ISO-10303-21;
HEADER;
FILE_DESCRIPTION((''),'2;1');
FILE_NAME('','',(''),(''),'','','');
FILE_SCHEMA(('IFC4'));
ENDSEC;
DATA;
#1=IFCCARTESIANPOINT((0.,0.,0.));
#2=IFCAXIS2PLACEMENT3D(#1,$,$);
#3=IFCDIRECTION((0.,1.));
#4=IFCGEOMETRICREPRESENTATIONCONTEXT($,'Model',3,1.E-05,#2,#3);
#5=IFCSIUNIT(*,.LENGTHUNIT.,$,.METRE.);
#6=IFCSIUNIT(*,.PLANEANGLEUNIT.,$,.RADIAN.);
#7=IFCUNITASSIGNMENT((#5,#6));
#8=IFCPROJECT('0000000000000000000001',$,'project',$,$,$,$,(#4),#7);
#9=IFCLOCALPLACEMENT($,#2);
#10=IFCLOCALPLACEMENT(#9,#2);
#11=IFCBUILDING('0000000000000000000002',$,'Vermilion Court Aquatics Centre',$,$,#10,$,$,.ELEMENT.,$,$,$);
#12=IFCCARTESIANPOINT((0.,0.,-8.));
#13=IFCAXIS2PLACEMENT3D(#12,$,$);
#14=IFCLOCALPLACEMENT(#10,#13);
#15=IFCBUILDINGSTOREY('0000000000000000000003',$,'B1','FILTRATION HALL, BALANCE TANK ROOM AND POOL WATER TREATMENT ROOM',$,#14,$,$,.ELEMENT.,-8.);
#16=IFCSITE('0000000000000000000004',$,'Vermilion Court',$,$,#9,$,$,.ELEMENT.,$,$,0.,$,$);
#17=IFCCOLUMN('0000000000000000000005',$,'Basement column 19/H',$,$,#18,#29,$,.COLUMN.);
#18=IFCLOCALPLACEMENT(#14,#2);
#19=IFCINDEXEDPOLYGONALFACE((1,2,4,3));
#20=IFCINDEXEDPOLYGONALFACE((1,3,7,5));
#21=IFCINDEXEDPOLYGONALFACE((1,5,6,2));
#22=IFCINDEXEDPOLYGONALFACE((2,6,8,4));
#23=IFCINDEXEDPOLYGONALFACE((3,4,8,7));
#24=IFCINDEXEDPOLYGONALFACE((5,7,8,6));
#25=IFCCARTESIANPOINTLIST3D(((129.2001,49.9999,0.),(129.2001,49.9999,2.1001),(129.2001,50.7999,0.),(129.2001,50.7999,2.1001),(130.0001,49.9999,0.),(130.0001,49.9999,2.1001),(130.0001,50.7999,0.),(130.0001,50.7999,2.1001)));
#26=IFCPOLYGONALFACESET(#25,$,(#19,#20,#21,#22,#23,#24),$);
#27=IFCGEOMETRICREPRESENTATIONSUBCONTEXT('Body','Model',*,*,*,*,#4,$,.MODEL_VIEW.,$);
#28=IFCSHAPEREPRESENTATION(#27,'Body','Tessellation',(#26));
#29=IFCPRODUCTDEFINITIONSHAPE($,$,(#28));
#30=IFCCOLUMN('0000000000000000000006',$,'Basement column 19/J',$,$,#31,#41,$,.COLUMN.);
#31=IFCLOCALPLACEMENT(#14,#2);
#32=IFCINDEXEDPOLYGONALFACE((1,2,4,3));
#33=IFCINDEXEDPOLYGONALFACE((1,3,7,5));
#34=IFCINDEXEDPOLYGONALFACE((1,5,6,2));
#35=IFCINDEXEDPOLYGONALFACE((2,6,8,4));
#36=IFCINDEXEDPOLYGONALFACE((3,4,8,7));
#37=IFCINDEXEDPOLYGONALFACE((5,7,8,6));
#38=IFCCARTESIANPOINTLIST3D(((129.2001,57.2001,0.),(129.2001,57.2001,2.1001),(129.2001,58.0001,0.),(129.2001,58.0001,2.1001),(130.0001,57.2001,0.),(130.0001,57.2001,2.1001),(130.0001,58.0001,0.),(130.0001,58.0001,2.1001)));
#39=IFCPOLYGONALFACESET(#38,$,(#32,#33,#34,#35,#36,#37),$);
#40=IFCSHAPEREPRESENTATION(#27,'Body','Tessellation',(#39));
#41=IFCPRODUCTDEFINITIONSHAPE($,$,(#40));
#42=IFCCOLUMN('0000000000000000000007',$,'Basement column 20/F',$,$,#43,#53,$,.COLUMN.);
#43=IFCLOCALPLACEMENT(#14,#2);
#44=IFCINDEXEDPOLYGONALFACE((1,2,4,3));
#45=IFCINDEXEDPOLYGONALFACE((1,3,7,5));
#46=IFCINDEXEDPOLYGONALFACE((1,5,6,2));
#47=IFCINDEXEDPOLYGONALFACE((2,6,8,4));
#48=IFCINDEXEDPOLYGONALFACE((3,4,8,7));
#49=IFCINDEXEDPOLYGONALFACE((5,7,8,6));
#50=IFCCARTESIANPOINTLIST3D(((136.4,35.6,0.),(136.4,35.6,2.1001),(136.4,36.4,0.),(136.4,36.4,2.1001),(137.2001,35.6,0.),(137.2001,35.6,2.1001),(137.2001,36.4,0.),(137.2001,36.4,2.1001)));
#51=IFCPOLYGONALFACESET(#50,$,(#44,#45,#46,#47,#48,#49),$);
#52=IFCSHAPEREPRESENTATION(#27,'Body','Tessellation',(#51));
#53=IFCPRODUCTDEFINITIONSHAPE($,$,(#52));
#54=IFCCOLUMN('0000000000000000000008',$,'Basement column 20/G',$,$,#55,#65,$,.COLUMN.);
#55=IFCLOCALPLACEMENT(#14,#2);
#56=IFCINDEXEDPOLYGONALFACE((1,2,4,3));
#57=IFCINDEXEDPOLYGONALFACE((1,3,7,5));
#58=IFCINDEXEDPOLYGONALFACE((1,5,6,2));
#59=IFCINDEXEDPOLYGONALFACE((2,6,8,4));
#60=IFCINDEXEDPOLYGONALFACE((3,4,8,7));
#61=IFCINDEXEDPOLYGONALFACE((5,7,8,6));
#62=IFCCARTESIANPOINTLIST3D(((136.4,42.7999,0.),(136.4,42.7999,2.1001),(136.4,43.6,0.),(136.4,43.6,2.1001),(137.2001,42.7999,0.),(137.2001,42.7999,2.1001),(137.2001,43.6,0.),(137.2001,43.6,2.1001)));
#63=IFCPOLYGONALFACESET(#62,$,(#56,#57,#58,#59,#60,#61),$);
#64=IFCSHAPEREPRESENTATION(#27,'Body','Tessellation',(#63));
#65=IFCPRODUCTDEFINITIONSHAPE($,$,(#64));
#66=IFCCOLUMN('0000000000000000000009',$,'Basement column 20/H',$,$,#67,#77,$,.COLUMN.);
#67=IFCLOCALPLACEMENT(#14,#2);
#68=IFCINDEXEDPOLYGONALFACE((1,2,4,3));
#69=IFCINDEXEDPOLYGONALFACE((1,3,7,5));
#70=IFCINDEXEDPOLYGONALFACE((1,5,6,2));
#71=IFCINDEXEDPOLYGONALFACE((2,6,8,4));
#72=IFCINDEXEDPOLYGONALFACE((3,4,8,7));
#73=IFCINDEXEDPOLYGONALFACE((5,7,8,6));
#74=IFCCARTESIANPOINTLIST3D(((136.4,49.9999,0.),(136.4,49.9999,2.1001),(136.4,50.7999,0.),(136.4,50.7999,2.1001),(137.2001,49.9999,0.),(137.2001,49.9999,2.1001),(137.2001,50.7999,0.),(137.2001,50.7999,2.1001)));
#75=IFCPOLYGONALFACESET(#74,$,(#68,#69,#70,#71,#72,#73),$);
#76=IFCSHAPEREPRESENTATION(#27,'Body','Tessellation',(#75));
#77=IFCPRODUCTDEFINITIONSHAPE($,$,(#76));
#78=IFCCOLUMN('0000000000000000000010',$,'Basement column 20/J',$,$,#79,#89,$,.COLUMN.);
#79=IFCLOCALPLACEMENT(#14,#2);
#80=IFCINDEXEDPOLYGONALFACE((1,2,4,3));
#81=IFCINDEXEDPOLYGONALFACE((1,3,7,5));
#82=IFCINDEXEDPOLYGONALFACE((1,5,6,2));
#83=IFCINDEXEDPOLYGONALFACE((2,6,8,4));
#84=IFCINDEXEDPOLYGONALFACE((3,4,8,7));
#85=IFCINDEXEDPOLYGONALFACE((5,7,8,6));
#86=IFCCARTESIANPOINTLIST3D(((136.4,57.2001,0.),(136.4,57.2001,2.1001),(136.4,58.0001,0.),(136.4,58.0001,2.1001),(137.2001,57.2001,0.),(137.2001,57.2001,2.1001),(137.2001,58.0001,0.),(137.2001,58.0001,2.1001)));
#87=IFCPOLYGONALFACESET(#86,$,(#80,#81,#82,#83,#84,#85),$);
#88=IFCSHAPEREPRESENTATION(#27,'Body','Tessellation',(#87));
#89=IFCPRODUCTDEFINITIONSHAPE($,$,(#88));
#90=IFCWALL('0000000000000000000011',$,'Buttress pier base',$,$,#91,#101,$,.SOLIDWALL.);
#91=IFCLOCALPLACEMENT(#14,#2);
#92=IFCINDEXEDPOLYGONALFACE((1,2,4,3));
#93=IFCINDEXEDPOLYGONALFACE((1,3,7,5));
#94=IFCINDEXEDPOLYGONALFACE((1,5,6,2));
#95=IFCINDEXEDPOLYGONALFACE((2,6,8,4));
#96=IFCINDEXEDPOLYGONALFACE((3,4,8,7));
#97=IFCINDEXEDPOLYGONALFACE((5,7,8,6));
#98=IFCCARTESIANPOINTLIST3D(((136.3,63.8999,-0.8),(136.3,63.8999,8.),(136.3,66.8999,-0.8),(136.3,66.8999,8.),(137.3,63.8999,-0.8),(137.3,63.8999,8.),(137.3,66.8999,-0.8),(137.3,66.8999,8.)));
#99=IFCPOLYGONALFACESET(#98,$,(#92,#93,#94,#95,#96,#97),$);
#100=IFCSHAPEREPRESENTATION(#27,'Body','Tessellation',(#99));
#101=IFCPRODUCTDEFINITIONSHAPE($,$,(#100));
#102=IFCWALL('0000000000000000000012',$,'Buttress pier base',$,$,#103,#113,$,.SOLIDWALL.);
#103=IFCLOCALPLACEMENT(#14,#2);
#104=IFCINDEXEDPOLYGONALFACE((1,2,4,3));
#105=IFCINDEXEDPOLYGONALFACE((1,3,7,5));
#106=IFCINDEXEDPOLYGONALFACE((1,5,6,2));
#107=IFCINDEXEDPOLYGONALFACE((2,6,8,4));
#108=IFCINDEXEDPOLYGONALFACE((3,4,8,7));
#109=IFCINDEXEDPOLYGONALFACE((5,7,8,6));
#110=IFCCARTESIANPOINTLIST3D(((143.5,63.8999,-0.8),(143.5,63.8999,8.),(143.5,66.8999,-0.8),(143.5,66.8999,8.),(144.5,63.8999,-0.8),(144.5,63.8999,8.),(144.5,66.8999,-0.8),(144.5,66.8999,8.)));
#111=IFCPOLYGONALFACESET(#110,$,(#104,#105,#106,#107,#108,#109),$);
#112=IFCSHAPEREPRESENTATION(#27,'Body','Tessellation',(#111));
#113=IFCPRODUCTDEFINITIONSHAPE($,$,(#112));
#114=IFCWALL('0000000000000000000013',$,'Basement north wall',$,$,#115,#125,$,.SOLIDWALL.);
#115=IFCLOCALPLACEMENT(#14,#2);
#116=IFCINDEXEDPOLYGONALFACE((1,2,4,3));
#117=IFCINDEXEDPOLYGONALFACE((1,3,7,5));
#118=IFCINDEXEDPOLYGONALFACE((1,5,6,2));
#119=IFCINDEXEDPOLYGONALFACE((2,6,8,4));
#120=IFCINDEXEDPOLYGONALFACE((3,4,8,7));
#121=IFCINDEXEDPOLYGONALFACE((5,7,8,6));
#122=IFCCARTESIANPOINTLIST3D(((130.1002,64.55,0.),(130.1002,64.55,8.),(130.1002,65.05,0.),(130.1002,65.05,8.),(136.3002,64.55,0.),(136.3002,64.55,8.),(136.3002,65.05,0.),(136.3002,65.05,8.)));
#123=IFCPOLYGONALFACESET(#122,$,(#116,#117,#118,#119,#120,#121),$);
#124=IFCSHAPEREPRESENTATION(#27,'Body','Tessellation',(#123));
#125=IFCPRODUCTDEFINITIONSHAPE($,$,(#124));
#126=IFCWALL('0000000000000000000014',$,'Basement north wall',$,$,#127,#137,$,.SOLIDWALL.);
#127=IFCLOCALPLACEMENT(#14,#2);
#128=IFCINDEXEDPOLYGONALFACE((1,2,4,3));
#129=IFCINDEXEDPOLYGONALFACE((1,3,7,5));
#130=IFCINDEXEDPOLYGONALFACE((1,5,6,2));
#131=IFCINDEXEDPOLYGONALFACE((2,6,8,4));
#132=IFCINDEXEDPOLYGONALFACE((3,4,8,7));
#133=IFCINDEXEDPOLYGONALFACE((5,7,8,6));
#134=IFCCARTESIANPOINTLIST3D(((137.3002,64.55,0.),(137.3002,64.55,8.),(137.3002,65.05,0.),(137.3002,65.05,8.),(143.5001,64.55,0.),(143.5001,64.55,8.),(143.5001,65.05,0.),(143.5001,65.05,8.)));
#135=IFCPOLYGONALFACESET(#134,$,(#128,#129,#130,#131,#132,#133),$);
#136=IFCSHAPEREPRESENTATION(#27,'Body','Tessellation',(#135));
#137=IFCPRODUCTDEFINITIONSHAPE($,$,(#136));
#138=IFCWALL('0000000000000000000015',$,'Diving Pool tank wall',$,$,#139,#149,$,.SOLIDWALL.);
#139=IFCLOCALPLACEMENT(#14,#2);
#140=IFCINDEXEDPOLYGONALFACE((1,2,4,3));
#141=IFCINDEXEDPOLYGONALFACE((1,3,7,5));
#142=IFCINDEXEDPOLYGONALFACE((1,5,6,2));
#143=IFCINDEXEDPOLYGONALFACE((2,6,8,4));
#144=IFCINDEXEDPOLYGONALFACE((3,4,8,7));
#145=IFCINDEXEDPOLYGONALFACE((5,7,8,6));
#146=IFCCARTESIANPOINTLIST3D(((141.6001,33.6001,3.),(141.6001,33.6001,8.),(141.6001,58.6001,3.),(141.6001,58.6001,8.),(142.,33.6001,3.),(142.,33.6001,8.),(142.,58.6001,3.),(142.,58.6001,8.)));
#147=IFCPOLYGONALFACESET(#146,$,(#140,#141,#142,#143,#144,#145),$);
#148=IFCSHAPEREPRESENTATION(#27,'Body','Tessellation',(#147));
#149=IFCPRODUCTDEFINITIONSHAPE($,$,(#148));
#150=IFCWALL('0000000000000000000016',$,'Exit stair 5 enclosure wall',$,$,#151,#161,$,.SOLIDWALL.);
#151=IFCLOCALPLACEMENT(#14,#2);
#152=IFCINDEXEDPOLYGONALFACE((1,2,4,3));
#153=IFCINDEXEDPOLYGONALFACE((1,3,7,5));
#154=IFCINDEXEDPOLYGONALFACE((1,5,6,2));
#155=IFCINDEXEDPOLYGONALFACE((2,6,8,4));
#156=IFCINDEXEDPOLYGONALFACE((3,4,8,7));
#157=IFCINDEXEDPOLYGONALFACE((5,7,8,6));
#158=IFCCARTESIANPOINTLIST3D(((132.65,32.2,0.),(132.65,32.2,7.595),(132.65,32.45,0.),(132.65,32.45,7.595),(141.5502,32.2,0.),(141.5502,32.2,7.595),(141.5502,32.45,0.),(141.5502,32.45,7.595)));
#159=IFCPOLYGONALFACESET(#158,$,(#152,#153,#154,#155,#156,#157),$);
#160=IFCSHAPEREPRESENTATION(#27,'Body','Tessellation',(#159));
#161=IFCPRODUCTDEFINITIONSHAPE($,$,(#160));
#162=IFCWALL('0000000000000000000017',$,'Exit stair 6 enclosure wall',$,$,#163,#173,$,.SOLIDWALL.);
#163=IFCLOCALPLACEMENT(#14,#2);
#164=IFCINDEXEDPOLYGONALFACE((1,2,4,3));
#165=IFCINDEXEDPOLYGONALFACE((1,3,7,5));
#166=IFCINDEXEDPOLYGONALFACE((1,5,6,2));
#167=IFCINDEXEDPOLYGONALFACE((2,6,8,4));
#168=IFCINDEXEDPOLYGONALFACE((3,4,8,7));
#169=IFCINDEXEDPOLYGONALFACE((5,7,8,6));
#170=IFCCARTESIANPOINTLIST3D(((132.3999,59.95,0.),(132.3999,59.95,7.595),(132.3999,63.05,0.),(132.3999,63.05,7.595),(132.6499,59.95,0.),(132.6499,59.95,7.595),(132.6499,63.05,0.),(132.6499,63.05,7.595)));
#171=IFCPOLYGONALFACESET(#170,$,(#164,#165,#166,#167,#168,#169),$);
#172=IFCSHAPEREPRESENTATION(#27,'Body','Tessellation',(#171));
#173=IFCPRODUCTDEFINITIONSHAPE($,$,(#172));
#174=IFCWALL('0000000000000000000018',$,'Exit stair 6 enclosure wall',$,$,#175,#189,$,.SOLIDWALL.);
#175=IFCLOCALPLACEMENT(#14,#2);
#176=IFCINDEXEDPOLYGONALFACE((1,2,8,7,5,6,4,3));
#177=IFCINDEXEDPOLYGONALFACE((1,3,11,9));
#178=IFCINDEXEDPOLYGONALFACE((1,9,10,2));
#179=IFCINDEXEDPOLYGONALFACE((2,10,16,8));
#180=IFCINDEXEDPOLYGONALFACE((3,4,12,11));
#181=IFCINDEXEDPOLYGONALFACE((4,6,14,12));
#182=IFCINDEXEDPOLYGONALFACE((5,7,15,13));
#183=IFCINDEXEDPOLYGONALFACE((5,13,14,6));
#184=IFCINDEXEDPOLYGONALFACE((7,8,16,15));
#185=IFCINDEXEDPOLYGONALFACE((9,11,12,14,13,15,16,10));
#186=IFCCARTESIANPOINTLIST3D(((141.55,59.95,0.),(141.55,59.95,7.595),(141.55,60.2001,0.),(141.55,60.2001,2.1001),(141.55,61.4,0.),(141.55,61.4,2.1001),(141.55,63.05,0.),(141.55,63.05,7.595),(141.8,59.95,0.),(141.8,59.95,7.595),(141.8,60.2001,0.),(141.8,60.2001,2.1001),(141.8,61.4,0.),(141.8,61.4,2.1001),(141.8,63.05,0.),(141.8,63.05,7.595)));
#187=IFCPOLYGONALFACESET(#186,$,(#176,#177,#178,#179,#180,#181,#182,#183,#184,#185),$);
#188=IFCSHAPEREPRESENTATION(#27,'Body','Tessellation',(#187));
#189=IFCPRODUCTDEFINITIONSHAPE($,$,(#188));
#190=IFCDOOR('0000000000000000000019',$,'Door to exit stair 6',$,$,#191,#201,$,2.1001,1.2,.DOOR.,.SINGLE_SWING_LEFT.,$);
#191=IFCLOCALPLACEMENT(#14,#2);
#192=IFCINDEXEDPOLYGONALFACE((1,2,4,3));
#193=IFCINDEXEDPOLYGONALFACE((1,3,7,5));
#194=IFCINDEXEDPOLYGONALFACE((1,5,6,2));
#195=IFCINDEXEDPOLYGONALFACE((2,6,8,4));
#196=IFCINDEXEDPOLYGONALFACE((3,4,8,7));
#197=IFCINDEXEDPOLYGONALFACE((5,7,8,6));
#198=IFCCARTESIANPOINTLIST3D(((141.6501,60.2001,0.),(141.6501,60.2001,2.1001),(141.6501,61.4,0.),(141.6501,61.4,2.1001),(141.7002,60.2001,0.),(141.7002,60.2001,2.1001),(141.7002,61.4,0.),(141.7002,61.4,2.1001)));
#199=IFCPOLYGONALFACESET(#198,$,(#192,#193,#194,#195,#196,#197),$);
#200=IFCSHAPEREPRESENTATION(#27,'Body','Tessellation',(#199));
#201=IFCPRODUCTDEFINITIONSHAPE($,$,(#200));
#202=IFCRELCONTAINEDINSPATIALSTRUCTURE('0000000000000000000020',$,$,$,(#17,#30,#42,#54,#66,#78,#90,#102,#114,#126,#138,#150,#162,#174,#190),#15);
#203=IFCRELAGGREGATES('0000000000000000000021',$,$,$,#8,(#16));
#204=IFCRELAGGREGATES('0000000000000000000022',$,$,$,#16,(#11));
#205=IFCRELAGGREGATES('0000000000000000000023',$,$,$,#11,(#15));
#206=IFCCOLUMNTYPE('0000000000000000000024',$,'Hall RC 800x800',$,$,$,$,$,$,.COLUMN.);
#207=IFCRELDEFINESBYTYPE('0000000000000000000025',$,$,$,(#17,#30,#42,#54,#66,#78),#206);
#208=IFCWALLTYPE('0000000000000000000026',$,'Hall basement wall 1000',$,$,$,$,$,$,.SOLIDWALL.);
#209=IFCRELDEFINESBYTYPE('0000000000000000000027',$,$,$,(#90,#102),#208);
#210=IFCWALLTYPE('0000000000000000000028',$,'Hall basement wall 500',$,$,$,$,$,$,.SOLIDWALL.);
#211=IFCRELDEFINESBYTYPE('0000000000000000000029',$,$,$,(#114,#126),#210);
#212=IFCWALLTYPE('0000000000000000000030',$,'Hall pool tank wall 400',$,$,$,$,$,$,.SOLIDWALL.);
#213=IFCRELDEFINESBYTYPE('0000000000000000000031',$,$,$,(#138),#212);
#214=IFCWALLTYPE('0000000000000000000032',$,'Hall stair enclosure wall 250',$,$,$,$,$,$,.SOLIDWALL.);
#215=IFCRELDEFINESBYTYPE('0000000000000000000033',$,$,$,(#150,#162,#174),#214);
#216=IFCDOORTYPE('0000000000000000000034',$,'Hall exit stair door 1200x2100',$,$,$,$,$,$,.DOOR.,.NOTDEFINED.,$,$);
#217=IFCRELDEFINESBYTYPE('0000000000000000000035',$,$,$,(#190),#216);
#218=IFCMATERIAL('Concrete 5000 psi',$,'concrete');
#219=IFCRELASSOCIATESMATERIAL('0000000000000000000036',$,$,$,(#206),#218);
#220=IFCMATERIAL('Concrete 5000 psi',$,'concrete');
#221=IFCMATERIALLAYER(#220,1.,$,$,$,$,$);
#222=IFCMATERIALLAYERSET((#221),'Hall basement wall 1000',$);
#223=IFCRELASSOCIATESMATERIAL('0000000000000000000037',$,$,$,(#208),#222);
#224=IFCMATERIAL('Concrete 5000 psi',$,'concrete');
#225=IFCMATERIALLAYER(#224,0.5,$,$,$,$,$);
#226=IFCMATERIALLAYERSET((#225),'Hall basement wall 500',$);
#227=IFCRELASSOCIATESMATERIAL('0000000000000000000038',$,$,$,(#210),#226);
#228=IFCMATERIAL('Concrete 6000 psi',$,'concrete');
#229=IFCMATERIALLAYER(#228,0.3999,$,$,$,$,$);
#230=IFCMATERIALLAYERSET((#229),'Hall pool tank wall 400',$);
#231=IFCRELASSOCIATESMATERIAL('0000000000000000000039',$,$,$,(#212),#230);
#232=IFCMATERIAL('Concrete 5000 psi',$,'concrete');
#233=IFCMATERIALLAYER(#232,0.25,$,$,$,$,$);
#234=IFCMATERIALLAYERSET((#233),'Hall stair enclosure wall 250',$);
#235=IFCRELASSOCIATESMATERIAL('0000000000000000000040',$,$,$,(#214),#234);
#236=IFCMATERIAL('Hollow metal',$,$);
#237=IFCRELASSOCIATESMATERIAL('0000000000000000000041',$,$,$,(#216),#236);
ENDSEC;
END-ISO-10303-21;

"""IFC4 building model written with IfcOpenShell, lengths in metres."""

from ifc_helpers import new_model, si_unit, direction, frame, frame_2d, origin, origin_2d, place, context, subcontext, project, spatial, rectangle, extrude, material, layer, layer_set, material_profile, profile_set, type_object, element, fill, save


model = new_model("IFC4")

# Units and contexts
model_context = context("Model", 3, precision=1e-05, world=origin(), true_north=direction((0.0, 1.0)))
body_context = subcontext(model_context, "Body", "Model", "MODEL_VIEW")
ifc_project = project(units=[si_unit("LENGTHUNIT", "METRE"), si_unit("PLANEANGLEUNIT", "RADIAN")], contexts=[model_context])

# Site, building, storey
site_placement = place(None, origin())
site = spatial("IfcSite", under=ifc_project, at=site_placement, Name="Vermilion Court", CompositionType="ELEMENT", RefElevation=0.0)
building_placement = place(site_placement, origin())
building = spatial("IfcBuilding", under=site, at=building_placement, Name="Vermilion Court Aquatics Centre", CompositionType="ELEMENT")
storey_placement = place(building_placement, frame((0.0, 0.0, -8.0)))
storey = spatial("IfcBuildingStorey", under=building, at=storey_placement, Name="B1", Description="FILTRATION HALL, BALANCE TANK ROOM AND POOL WATER TREATMENT ROOM", CompositionType="ELEMENT", Elevation=-8.0)

# Columns
ifc_material_1 = material(Name="Concrete 5000 psi", Category="concrete")
ifc_material_profile = material_profile(ifc_material_1, rectangle(XDim=0.8, YDim=0.8, at=origin_2d()), Name="RC 800x800")
ifc_profile_set = profile_set([ifc_material_profile], Name="Concrete 5000 psi")
column_type = type_object("IfcColumnType", Name="Hall RC 800x800", PredefinedType="COLUMN", material=ifc_profile_set)
for number, where, z_axis, x_axis, name in (
    (1, (129.6001, 50.3999, 0.0), (0.0, 0.0, 1.0), (1.0, 0.0, 0.0), "Basement column 19/H"),
    (2, (129.6001, 57.6001, 0.0), (0.0, 0.0, 1.0), (1.0, 0.0, 0.0), "Basement column 19/J"),
    (3, (136.8, 36.0, 0.0), (0.0, 0.0, 1.0), (1.0, 0.0, 0.0), "Basement column 20/F"),
    (4, (136.8, 43.2, 0.0), (0.0, 0.0, 1.0), (1.0, 0.0, 0.0), "Basement column 20/G"),
    (5, (136.8, 50.3999, 0.0), (0.0, 0.0, 1.0), (1.0, 0.0, 0.0), "Basement column 20/H"),
    (6, (136.8, 57.6001, 0.0), (0.0, 0.0, 1.0), (1.0, 0.0, 0.0), "Basement column 20/J"),
):
    element("IfcColumn", number, at=place(storey_placement, frame(where, z_axis=z_axis, x_axis=x_axis)), inside=storey, type_object=column_type, Name=name, PredefinedType="COLUMN", context=body_context, shape_type="SweptSolid", body=[
        extrude(rectangle(XDim=0.8, YDim=0.8, at=origin_2d()), origin(), (0.0, 0.0, 1.0), 2.1001),
    ])

# Walls
ifc_material_2 = material(Name="Concrete 5000 psi", Category="concrete")
ifc_layer_1 = layer(ifc_material_2, 1.0)
ifc_layer_set_1 = layer_set([ifc_layer_1], Name="Hall basement wall 1000")
wall_type_1 = type_object("IfcWallType", Name="Hall basement wall 1000", PredefinedType="SOLIDWALL", material=ifc_layer_set_1)
for number, where, z_axis, x_axis, name in (
    (7, (136.8, 63.8999, -0.8), (0.0, 0.0, 1.0), (0.0, 1.0, 0.0), "Buttress pier base"),
    (8, (144.0, 63.8999, -0.8), (0.0, 0.0, 1.0), (0.0, 1.0, 0.0), "Buttress pier base"),
):
    element("IfcWall", number, at=place(storey_placement, frame(where, z_axis=z_axis, x_axis=x_axis)), inside=storey, type_object=wall_type_1, Name=name, PredefinedType="SOLIDWALL", context=body_context, shape_type="SweptSolid", body=[
        extrude(rectangle(XDim=3.0, YDim=1.0, at=frame_2d((1.5, 0.0))), origin(), (0.0, 0.0, 1.0), 8.8),
    ])
ifc_material_3 = material(Name="Concrete 5000 psi", Category="concrete")
ifc_layer_2 = layer(ifc_material_3, 0.5)
ifc_layer_set_2 = layer_set([ifc_layer_2], Name="Hall basement wall 500")
wall_type_2 = type_object("IfcWallType", Name="Hall basement wall 500", PredefinedType="SOLIDWALL", material=ifc_layer_set_2)
for number, where, z_axis, x_axis, name in (
    (9, (130.1001, 64.8, 0.0), (0.0, 0.0, 1.0), (1.0, 0.0, 0.0), "Basement north wall"),
    (10, (137.3, 64.8, 0.0), (0.0, 0.0, 1.0), (1.0, 0.0, 0.0), "Basement north wall"),
):
    element("IfcWall", number, at=place(storey_placement, frame(where, z_axis=z_axis, x_axis=x_axis)), inside=storey, type_object=wall_type_2, Name=name, PredefinedType="SOLIDWALL", context=body_context, shape_type="SweptSolid", body=[
        extrude(rectangle(XDim=6.2, YDim=0.5, at=frame_2d((3.1001, 0.0))), origin(), (0.0, 0.0, 1.0), 8.0),
    ])
ifc_material_4 = material(Name="Concrete 6000 psi", Category="concrete")
ifc_layer_3 = layer(ifc_material_4, 0.3999)
ifc_layer_set_3 = layer_set([ifc_layer_3], Name="Hall pool tank wall 400")
wall_type_3 = type_object("IfcWallType", Name="Hall pool tank wall 400", PredefinedType="SOLIDWALL", material=ifc_layer_set_3)
wall_1_placement = place(storey_placement, frame((141.8, 33.6001, 3.0), z_axis=(0.0, 0.0, 1.0), x_axis=(0.0, 1.0, 0.0)))
element("IfcWall", 11, at=wall_1_placement, inside=storey, type_object=wall_type_3, Name="Diving Pool tank wall", PredefinedType="SOLIDWALL", context=body_context, shape_type="SweptSolid", body=[
    extrude(rectangle(XDim=25.0, YDim=0.3999, at=frame_2d((12.5, 0.0))), origin(), (0.0, 0.0, 1.0), 5.0),
])
ifc_material_5 = material(Name="Concrete 5000 psi", Category="concrete")
ifc_layer_4 = layer(ifc_material_5, 0.25)
ifc_layer_set_4 = layer_set([ifc_layer_4], Name="Hall stair enclosure wall 250")
wall_type_4 = type_object("IfcWallType", Name="Hall stair enclosure wall 250", PredefinedType="SOLIDWALL", material=ifc_layer_set_4)
wall_2_placement = place(storey_placement, frame((132.6499, 32.325, 0.0), z_axis=(0.0, 0.0, 1.0), x_axis=(1.0, 0.0, 0.0)))
element("IfcWall", 12, at=wall_2_placement, inside=storey, type_object=wall_type_4, Name="Exit stair 5 enclosure wall", PredefinedType="SOLIDWALL", context=body_context, shape_type="SweptSolid", body=[
    extrude(rectangle(XDim=8.9001, YDim=0.25, at=frame_2d((4.4502, 0.0))), origin(), (0.0, 0.0, 1.0), 7.595),
])
wall_3_placement = place(storey_placement, frame((132.5249, 59.95, 0.0), z_axis=(0.0, 0.0, 1.0), x_axis=(0.0, 1.0, 0.0)))
element("IfcWall", 13, at=wall_3_placement, inside=storey, type_object=wall_type_4, Name="Exit stair 6 enclosure wall", PredefinedType="SOLIDWALL", context=body_context, shape_type="SweptSolid", body=[
    extrude(rectangle(XDim=3.1001, YDim=0.25, at=frame_2d((1.55, 0.0))), origin(), (0.0, 0.0, 1.0), 7.595),
])

# Wall, opening, door
wall_4_placement = place(storey_placement, frame((141.675, 59.95, 0.0), z_axis=(0.0, 0.0, 1.0), x_axis=(0.0, 1.0, 0.0)))
wall_4 = element("IfcWall", 14, at=wall_4_placement, inside=storey, type_object=wall_type_4, Name="Exit stair 6 enclosure wall", PredefinedType="SOLIDWALL", context=body_context, shape_type="SweptSolid", body=[
    extrude(rectangle(XDim=3.1001, YDim=0.25, at=frame_2d((1.55, 0.0))), origin(), (0.0, 0.0, 1.0), 7.595),
])
opening_placement = place(wall_4_placement, frame((0.25, 0.0, 0.0)))
opening = element("IfcOpeningElement", 15, at=opening_placement, cuts=wall_4, PredefinedType="OPENING", context=body_context, shape_type="SweptSolid", body=[
    extrude(rectangle(XDim=1.2, YDim=2.1001, at=frame_2d((0.6001, 1.05))), frame((0.0, 0.135, 0.0), z_axis=(0.0, -1.0, 0.0), x_axis=(1.0, 0.0, 0.0)), (0.0, 0.0, 1.0), 0.27),
])
ifc_material_6 = material(Name="Hollow metal")
door_type = type_object("IfcDoorType", Name="Hall exit stair door 1200x2100", OperationType="NOTDEFINED", PredefinedType="DOOR", material=ifc_material_6)
door_placement = place(opening_placement, origin())
door = element("IfcDoor", 16, at=door_placement, inside=storey, type_object=door_type, Name="Door to exit stair 6", OperationType="SINGLE_SWING_LEFT", OverallHeight=2.1001, OverallWidth=1.2, PredefinedType="DOOR", context=body_context, shape_type="SweptSolid", body=[
    extrude(rectangle(XDim=1.2, YDim=2.1001, at=frame_2d((0.6001, 1.05))), frame((0.0, 0.0249, 0.0), z_axis=(0.0, -1.0, 0.0), x_axis=(1.0, 0.0, 0.0)), (0.0, 0.0, 1.0), 0.05),
])
fill(opening, door)

save(model, "model.ifc")
